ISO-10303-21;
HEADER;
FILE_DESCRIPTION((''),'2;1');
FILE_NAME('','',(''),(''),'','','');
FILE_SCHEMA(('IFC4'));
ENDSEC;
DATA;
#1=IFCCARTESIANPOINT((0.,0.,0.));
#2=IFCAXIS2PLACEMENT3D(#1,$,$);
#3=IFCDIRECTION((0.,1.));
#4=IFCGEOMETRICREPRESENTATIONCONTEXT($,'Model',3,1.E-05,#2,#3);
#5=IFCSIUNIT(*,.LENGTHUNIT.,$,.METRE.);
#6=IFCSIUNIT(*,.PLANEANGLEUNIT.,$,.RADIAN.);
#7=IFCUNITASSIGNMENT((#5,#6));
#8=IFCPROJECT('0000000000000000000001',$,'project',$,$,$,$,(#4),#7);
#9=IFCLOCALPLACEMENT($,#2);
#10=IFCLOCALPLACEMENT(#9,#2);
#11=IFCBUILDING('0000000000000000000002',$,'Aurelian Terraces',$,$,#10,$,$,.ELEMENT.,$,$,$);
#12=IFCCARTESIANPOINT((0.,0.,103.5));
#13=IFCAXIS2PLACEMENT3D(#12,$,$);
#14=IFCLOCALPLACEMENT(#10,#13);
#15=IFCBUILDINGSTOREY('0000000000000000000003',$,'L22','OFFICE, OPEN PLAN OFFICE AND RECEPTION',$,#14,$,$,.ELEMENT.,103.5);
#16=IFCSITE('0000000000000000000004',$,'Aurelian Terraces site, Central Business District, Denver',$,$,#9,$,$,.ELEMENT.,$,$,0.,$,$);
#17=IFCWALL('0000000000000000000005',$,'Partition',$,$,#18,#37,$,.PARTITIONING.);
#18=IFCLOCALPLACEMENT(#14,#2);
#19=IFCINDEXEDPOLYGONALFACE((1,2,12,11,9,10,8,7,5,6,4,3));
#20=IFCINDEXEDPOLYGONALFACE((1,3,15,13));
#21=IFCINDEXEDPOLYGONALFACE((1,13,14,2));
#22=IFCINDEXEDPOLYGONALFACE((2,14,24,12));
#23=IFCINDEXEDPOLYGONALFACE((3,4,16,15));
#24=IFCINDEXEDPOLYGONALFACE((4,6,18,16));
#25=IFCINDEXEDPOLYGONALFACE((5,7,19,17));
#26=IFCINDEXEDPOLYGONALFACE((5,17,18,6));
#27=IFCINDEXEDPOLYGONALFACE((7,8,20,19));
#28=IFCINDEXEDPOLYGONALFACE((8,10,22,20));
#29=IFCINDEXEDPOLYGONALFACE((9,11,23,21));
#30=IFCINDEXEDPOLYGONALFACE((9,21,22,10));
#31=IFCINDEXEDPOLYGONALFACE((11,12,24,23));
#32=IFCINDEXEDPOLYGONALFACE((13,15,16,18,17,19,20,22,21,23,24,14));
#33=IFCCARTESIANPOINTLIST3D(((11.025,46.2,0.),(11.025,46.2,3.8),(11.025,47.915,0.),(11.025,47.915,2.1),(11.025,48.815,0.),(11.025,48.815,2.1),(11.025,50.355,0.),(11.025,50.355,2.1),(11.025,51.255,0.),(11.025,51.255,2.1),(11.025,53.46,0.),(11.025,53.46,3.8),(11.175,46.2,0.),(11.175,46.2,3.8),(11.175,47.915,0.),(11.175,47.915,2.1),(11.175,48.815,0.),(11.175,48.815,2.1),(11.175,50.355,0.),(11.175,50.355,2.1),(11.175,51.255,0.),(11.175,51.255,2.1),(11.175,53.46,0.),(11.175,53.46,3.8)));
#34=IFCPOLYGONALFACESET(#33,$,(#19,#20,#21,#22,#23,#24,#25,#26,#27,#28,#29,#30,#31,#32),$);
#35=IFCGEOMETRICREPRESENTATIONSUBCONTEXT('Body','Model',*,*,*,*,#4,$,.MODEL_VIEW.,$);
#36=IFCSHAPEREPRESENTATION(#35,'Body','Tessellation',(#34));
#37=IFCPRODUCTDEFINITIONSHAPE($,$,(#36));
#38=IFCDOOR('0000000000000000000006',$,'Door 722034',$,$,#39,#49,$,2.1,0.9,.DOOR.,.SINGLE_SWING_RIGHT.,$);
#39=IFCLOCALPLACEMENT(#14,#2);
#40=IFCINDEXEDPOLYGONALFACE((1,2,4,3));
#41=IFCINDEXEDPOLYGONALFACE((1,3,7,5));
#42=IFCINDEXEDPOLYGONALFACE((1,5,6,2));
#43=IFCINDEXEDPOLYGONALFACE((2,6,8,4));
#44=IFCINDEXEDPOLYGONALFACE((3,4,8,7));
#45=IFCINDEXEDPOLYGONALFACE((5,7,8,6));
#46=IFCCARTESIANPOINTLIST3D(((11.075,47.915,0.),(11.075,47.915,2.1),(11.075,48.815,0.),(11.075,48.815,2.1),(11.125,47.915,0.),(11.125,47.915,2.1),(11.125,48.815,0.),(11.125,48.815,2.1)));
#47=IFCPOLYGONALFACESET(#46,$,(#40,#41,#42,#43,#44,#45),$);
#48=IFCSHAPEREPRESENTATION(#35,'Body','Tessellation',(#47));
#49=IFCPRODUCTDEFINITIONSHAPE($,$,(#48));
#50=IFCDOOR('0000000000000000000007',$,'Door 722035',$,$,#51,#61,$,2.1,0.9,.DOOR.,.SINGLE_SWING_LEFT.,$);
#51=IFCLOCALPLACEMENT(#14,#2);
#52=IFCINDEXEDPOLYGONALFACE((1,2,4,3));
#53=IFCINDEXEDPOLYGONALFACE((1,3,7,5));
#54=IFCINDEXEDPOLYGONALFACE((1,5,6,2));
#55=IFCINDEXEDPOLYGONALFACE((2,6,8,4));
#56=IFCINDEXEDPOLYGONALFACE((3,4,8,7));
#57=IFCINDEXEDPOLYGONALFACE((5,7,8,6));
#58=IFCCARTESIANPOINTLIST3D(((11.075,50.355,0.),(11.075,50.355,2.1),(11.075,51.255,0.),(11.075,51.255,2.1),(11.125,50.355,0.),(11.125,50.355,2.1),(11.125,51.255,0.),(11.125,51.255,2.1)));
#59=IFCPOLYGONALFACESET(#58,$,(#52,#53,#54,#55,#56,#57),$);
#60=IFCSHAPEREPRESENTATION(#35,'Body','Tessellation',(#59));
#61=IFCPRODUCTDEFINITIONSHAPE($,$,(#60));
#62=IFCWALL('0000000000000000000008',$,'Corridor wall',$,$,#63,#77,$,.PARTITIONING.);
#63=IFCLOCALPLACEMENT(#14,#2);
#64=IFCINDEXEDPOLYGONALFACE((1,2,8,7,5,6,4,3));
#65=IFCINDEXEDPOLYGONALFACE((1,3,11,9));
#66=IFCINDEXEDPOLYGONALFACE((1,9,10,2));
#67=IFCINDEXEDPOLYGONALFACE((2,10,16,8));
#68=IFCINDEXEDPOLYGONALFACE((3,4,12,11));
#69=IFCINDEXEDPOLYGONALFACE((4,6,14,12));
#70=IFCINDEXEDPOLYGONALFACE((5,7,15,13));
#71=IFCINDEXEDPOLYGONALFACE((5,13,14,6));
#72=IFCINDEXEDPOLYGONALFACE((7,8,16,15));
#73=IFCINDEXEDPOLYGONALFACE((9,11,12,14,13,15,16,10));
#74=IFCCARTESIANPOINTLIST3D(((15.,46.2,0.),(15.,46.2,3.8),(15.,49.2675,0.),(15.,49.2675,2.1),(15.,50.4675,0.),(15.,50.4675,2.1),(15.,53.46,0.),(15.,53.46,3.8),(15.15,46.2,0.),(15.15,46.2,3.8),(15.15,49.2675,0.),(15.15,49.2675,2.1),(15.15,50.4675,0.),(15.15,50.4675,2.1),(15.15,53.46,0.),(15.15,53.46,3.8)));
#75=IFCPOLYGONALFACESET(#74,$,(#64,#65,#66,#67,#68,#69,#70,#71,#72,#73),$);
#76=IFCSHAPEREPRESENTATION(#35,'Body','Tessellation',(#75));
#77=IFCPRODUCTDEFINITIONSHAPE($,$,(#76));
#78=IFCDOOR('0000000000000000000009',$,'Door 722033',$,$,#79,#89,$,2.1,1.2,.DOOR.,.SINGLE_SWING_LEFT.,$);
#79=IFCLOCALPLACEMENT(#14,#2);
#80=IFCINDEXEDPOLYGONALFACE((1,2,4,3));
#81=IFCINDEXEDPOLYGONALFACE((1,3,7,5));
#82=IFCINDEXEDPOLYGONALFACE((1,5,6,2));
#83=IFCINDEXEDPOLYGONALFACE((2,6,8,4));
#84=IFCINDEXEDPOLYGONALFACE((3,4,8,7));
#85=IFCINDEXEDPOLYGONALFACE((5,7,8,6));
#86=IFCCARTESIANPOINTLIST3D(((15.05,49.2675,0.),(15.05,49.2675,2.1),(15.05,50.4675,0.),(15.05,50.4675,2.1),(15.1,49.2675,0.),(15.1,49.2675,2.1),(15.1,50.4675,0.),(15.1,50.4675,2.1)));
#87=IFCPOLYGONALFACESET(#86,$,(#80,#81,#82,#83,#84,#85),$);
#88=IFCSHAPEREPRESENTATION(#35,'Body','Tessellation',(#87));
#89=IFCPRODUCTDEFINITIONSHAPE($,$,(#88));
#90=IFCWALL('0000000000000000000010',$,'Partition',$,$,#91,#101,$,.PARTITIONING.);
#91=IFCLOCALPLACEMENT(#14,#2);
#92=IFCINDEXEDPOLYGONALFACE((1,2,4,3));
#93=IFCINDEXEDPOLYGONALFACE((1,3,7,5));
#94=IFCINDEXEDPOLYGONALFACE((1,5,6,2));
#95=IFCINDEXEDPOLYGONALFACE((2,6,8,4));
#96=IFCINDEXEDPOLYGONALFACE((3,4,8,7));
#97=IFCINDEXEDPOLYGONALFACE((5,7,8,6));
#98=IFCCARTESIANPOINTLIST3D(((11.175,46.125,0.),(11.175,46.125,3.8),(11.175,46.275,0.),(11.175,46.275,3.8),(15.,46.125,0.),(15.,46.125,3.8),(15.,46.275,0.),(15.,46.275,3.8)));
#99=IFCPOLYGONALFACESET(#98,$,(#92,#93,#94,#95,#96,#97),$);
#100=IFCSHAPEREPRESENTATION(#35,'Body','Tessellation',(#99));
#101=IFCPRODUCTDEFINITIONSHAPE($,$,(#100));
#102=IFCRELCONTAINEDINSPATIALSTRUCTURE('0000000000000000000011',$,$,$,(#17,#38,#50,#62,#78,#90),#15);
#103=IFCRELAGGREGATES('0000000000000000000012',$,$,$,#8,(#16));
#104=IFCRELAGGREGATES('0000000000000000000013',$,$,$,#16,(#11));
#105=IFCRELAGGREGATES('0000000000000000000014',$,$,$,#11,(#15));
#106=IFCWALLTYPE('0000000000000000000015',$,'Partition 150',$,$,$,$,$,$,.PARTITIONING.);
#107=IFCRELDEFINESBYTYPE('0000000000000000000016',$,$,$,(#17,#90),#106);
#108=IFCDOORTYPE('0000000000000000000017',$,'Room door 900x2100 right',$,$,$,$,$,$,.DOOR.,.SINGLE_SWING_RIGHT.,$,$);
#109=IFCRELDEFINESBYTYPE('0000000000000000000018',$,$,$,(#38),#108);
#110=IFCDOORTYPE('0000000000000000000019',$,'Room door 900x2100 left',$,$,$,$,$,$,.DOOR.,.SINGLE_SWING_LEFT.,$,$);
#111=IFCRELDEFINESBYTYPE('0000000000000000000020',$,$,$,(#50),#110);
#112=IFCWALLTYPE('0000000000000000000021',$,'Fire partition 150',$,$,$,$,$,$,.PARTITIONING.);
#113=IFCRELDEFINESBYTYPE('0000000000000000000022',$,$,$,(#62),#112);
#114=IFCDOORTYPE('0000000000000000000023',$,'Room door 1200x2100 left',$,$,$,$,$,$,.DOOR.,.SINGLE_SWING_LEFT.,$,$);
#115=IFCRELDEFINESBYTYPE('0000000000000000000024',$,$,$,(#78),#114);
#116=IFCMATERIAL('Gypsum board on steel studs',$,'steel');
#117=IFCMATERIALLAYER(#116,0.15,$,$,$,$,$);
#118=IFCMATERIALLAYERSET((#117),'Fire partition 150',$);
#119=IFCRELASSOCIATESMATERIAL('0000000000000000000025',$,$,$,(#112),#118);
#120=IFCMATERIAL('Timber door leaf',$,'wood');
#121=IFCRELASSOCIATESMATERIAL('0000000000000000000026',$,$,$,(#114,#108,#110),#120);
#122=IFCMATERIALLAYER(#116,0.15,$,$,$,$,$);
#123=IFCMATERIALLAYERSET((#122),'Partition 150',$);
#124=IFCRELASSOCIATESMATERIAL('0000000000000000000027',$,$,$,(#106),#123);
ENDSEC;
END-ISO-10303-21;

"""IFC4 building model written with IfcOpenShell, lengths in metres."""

from ifc_helpers import new_model, si_unit, direction, frame, frame_2d, origin, place, context, subcontext, project, spatial, rectangle, extrude, source, transform, mapped, material, layer, layer_set, type_object, element, fill, save


model = new_model("IFC4")

# Units and contexts
model_context = context("Model", 3, precision=1e-05, world=origin(), true_north=direction((0.0, 1.0)))
body_context = subcontext(model_context, "Body", "Model", "MODEL_VIEW")
ifc_project = project(units=[si_unit("LENGTHUNIT", "METRE"), si_unit("PLANEANGLEUNIT", "RADIAN")], contexts=[model_context])

# Site, building, storey
site_placement = place(None, origin())
site = spatial("IfcSite", under=ifc_project, at=site_placement, Name="Aurelian Terraces site, Central Business District, Denver", CompositionType="ELEMENT", RefElevation=0.0)
building_placement = place(site_placement, origin())
building = spatial("IfcBuilding", under=site, at=building_placement, Name="Aurelian Terraces", CompositionType="ELEMENT")
storey_placement = place(building_placement, frame((0.0, 0.0, 103.5)))
storey = spatial("IfcBuildingStorey", under=building, at=storey_placement, Name="L22", Description="OFFICE, OPEN PLAN OFFICE AND RECEPTION", CompositionType="ELEMENT", Elevation=103.5)

# Shared definitions
ifc_material_1 = material(Name="Gypsum board on steel studs", Category="steel")
ifc_layer_1 = layer(ifc_material_1, 0.15)
ifc_layer_set_1 = layer_set([ifc_layer_1], Name="Fire partition 150")
wall_type_1 = type_object("IfcWallType", Name="Fire partition 150", PredefinedType="PARTITIONING", material=ifc_layer_set_1)
shared_shape_1 = source(origin(), body_context, "Body", "SweptSolid", [
    extrude(rectangle(XDim=1.2, YDim=2.1, at=frame_2d((0.6, 1.05))), frame((0.0, 0.085, 0.0), z_axis=(0.0, -1.0, 0.0), x_axis=(1.0, 0.0, 0.0)), (0.0, 0.0, 1.0), 0.17),
])
ifc_material_2 = material(Name="Timber door leaf", Category="wood")
door_type_1 = type_object("IfcDoorType", Name="Room door 1200x2100 left", OperationType="SINGLE_SWING_LEFT", PredefinedType="DOOR", material=ifc_material_2)
shared_shape_2 = source(origin(), body_context, "Body", "SweptSolid", [
    extrude(rectangle(XDim=1.2, YDim=2.1, at=frame_2d((0.6, 1.05))), frame((0.0, 0.025, 0.0), z_axis=(0.0, -1.0, 0.0), x_axis=(1.0, 0.0, 0.0)), (0.0, 0.0, 1.0), 0.05),
])

# Shared definitions
ifc_layer_2 = layer(ifc_material_1, 0.15)
ifc_layer_set_2 = layer_set([ifc_layer_2], Name="Partition 150")
wall_type_2 = type_object("IfcWallType", Name="Partition 150", PredefinedType="PARTITIONING", material=ifc_layer_set_2)

# Wall, openings, doors
shared_shape_3 = source(origin(), body_context, "Body", "SweptSolid", [
    extrude(rectangle(XDim=7.26, YDim=0.15, at=frame_2d((3.63, 0.0))), origin(), (0.0, 0.0, 1.0), 3.8),
])
wall_1_placement = place(storey_placement, frame((11.1, 46.2, 0.0), z_axis=(0.0, 0.0, 1.0), x_axis=(0.0, 1.0, 0.0)))
wall_1 = element("IfcWall", 1, at=wall_1_placement, inside=storey, type_object=wall_type_2, Name="Partition", PredefinedType="PARTITIONING", context=body_context, shape_type="MappedRepresentation", body=[
    mapped(shared_shape_3, transform((0.0, 0.0, 0.0), scale=1.0)),
])
shared_shape_4 = source(origin(), body_context, "Body", "SweptSolid", [
    extrude(rectangle(XDim=0.9, YDim=2.1, at=frame_2d((0.45, 1.05))), frame((0.0, 0.085, 0.0), z_axis=(0.0, -1.0, 0.0), x_axis=(1.0, 0.0, 0.0)), (0.0, 0.0, 1.0), 0.17),
])
opening_1_placement = place(wall_1_placement, frame((1.715, 0.0, 0.0)))
opening_1 = element("IfcOpeningElement", 2, at=opening_1_placement, cuts=wall_1, PredefinedType="OPENING", context=body_context, shape_type="MappedRepresentation", body=[
    mapped(shared_shape_4, transform((0.0, 0.0, 0.0), scale=1.0)),
])
opening_2_placement = place(wall_1_placement, frame((4.155, 0.0, 0.0)))
opening_2 = element("IfcOpeningElement", 3, at=opening_2_placement, cuts=wall_1, PredefinedType="OPENING", context=body_context, shape_type="MappedRepresentation", body=[
    mapped(shared_shape_4, transform((0.0, 0.0, 0.0), scale=1.0)),
])
door_type_2 = type_object("IfcDoorType", Name="Room door 900x2100 right", OperationType="SINGLE_SWING_RIGHT", PredefinedType="DOOR", material=ifc_material_2)
shared_shape_5 = source(origin(), body_context, "Body", "SweptSolid", [
    extrude(rectangle(XDim=0.9, YDim=2.1, at=frame_2d((0.45, 1.05))), frame((0.0, 0.025, 0.0), z_axis=(0.0, -1.0, 0.0), x_axis=(1.0, 0.0, 0.0)), (0.0, 0.0, 1.0), 0.05),
])
door_1_placement = place(opening_1_placement, origin())
door_1 = element("IfcDoor", 4, at=door_1_placement, inside=storey, type_object=door_type_2, Name="Door 722034", OperationType="SINGLE_SWING_RIGHT", OverallHeight=2.1, OverallWidth=0.9, PredefinedType="DOOR", context=body_context, shape_type="MappedRepresentation", body=[
    mapped(shared_shape_5, transform((0.0, 0.0, 0.0), scale=1.0)),
])
fill(opening_1, door_1)
door_type_3 = type_object("IfcDoorType", Name="Room door 900x2100 left", OperationType="SINGLE_SWING_LEFT", PredefinedType="DOOR", material=ifc_material_2)
door_2_placement = place(opening_2_placement, origin())
door_2 = element("IfcDoor", 5, at=door_2_placement, inside=storey, type_object=door_type_3, Name="Door 722035", OperationType="SINGLE_SWING_LEFT", OverallHeight=2.1, OverallWidth=0.9, PredefinedType="DOOR", context=body_context, shape_type="MappedRepresentation", body=[
    mapped(shared_shape_5, transform((0.0, 0.0, 0.0), scale=1.0)),
])
fill(opening_2, door_2)

# Wall, opening, door
wall_2_placement = place(storey_placement, frame((15.075, 46.2, 0.0), z_axis=(0.0, 0.0, 1.0), x_axis=(0.0, 1.0, 0.0)))
wall_2 = element("IfcWall", 6, at=wall_2_placement, inside=storey, type_object=wall_type_1, Name="Corridor wall", PredefinedType="PARTITIONING", context=body_context, shape_type="MappedRepresentation", body=[
    mapped(shared_shape_3, transform((0.0, 0.0, 0.0), scale=1.0)),
])
opening_3_placement = place(wall_2_placement, frame((3.0675, 0.0, 0.0)))
opening_3 = element("IfcOpeningElement", 7, at=opening_3_placement, cuts=wall_2, PredefinedType="OPENING", context=body_context, shape_type="MappedRepresentation", body=[
    mapped(shared_shape_1, transform((0.0, 0.0, 0.0), scale=1.0)),
])
door_3_placement = place(opening_3_placement, origin())
door_3 = element("IfcDoor", 8, at=door_3_placement, inside=storey, type_object=door_type_1, Name="Door 722033", OperationType="SINGLE_SWING_LEFT", OverallHeight=2.1, OverallWidth=1.2, PredefinedType="DOOR", context=body_context, shape_type="MappedRepresentation", body=[
    mapped(shared_shape_2, transform((0.0, 0.0, 0.0), scale=1.0)),
])
fill(opening_3, door_3)

# Wall
shared_shape_6 = source(origin(), body_context, "Body", "SweptSolid", [
    extrude(rectangle(XDim=3.825, YDim=0.15, at=frame_2d((1.9125, 0.0))), origin(), (0.0, 0.0, 1.0), 3.8),
])
wall_3_placement = place(storey_placement, frame((15.0, 46.2, 0.0), z_axis=(0.0, 0.0, 1.0), x_axis=(-1.0, 0.0, 0.0)))
element("IfcWall", 9, at=wall_3_placement, inside=storey, type_object=wall_type_2, Name="Partition", PredefinedType="PARTITIONING", context=body_context, shape_type="MappedRepresentation", body=[
    mapped(shared_shape_6, transform((0.0, 0.0, 0.0), scale=1.0)),
])

save(model, "model.ifc")
